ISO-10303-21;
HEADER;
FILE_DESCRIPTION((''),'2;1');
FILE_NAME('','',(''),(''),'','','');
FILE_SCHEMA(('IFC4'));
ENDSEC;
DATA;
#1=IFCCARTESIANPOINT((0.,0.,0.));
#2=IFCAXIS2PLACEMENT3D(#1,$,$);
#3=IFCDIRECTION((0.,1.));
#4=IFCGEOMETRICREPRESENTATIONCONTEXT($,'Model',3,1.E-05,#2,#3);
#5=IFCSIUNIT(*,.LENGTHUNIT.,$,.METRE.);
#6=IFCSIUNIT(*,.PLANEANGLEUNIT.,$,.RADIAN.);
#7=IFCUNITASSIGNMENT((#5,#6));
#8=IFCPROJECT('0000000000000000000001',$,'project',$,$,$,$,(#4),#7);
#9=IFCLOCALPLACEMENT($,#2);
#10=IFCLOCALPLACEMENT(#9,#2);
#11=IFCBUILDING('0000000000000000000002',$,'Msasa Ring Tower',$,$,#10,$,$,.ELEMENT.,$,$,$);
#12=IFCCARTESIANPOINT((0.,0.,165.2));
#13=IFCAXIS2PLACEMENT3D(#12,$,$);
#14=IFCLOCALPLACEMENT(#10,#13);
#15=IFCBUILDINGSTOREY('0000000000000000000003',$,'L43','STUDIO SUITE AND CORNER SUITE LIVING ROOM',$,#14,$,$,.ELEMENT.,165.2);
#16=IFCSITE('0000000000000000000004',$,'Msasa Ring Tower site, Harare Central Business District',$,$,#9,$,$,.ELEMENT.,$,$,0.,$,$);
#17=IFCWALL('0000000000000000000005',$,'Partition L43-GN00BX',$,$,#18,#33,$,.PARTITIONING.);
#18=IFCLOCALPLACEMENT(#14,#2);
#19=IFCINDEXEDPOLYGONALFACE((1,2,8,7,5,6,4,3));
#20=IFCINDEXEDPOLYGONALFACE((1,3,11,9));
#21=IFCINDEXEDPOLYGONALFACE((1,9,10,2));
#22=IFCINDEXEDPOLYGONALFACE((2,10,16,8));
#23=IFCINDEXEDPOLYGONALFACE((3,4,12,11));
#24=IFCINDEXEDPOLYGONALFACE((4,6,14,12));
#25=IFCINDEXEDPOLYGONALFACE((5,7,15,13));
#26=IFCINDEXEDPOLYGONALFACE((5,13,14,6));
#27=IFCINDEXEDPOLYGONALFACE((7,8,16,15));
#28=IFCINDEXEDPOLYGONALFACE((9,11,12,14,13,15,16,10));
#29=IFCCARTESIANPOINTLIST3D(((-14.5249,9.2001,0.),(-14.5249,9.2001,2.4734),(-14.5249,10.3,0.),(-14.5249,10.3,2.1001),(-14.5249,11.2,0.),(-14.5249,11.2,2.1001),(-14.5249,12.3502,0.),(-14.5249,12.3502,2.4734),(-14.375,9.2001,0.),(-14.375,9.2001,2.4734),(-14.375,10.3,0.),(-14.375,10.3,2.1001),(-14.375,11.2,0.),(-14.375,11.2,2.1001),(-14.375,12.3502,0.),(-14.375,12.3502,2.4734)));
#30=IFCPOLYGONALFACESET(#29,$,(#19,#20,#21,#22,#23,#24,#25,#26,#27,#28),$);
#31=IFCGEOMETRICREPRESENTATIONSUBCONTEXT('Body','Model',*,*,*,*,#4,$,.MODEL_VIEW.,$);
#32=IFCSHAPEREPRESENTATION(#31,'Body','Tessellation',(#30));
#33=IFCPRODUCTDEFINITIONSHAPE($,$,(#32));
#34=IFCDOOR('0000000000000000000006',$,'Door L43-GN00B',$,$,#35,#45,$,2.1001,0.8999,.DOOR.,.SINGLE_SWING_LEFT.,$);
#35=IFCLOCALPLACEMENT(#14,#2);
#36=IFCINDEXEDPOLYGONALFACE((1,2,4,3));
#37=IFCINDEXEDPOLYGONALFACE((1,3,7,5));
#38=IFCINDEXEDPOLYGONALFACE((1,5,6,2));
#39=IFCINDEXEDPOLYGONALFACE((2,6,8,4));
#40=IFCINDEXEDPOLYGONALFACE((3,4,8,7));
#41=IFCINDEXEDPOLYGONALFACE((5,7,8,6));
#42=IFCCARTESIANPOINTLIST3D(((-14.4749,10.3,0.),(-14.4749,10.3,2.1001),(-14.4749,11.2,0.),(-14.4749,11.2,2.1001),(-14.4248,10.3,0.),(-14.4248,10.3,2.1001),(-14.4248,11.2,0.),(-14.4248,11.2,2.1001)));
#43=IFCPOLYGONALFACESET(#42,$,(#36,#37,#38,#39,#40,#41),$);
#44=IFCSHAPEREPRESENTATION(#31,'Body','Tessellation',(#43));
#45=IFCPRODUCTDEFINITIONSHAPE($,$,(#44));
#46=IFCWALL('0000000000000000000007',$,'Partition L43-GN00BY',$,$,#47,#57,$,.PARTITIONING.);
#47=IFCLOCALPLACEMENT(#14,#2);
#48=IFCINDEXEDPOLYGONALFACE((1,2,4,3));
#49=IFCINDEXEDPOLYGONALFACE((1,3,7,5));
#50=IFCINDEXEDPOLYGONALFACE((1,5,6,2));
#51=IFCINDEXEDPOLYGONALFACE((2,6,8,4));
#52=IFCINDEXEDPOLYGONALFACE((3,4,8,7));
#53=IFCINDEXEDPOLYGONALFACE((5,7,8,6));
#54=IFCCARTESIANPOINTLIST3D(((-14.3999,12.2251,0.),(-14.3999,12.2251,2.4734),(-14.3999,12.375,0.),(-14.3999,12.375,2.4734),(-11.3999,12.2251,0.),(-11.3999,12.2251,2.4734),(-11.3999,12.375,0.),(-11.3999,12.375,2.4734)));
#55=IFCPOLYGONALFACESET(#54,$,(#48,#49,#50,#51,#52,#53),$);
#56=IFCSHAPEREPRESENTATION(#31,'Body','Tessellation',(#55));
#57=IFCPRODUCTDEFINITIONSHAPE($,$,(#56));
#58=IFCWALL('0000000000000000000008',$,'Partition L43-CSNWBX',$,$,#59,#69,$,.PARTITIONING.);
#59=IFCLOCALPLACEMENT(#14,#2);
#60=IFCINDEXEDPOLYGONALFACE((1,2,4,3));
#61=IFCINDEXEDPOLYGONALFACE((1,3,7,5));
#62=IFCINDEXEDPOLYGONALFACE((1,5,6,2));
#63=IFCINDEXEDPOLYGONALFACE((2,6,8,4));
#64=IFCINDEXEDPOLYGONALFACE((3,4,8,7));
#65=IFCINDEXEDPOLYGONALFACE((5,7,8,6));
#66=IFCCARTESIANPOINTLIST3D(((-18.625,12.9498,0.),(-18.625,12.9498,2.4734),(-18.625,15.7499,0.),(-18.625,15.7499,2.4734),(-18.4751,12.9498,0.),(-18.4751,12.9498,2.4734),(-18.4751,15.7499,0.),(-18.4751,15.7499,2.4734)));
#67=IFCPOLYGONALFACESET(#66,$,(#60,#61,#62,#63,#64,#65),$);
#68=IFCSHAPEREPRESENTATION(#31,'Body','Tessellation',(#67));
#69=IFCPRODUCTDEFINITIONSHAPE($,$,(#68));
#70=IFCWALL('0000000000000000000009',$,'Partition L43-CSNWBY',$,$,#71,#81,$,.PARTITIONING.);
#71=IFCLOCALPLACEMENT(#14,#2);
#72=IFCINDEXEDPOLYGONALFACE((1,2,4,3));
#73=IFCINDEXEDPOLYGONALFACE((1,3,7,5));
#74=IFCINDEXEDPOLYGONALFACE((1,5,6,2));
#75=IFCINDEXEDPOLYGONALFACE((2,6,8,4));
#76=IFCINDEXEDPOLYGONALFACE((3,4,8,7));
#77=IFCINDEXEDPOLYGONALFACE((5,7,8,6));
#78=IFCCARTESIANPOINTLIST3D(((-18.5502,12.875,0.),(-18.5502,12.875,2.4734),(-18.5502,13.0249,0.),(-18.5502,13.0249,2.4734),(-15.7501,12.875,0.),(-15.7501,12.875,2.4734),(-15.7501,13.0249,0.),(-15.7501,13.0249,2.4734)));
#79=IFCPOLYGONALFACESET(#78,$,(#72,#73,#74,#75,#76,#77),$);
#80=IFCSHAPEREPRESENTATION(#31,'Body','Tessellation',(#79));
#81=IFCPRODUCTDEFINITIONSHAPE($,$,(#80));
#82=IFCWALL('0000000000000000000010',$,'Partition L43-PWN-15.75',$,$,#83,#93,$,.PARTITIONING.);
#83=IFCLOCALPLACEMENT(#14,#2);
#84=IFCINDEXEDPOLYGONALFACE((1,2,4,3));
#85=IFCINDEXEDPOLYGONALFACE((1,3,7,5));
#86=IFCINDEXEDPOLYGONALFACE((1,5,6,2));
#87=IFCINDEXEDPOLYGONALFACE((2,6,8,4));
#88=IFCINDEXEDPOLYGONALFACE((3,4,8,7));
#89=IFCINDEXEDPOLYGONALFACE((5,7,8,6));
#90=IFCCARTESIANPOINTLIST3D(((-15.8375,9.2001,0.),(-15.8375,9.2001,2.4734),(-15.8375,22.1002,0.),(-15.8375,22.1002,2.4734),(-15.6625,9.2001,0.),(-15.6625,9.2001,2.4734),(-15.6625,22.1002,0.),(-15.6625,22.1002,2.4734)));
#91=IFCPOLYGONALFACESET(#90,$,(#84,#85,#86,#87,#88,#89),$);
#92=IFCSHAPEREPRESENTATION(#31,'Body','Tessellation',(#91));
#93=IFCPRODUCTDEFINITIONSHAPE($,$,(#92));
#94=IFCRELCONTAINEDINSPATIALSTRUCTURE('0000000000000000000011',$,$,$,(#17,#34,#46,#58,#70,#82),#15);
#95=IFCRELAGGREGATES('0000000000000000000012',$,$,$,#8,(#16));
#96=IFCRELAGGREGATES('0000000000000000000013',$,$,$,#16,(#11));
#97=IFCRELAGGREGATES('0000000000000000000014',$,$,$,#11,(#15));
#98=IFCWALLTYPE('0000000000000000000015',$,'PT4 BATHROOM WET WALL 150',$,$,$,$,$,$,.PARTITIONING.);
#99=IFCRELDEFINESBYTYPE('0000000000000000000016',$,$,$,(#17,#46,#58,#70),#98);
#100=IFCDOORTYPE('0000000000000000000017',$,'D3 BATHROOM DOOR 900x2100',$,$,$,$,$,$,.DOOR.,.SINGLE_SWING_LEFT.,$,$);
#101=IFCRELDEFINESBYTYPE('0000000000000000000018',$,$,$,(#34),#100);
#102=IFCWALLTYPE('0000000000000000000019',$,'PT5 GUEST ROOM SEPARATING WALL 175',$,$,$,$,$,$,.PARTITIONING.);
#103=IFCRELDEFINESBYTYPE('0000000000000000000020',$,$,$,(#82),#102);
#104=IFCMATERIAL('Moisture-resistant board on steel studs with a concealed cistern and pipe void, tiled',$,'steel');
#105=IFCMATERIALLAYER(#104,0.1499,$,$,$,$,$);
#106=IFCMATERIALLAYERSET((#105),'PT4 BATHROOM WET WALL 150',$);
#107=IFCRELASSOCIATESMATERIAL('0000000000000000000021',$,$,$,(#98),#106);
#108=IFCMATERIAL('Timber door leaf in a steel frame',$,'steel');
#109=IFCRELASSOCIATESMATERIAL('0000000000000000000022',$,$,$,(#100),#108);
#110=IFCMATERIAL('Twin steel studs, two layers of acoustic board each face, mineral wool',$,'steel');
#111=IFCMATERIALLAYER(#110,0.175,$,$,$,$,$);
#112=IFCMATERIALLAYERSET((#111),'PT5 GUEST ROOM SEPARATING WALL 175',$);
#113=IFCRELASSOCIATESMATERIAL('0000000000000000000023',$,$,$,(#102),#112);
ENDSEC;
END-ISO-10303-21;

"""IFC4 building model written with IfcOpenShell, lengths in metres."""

from ifc_helpers import new_model, si_unit, direction, frame, frame_2d, origin, place, context, subcontext, project, spatial, rectangle, extrude, material, layer, layer_set, type_object, element, fill, save


model = new_model("IFC4")

# Units and contexts
model_context = context("Model", 3, precision=1e-05, world=origin(), true_north=direction((0.0, 1.0)))
body_context = subcontext(model_context, "Body", "Model", "MODEL_VIEW")
ifc_project = project(units=[si_unit("LENGTHUNIT", "METRE"), si_unit("PLANEANGLEUNIT", "RADIAN")], contexts=[model_context])

# Site, building, storey
site_placement = place(None, origin())
site = spatial("IfcSite", under=ifc_project, at=site_placement, Name="Msasa Ring Tower site, Harare Central Business District", CompositionType="ELEMENT", RefElevation=0.0)
building_placement = place(site_placement, origin())
building = spatial("IfcBuilding", under=site, at=building_placement, Name="Msasa Ring Tower", CompositionType="ELEMENT")
storey_placement = place(building_placement, frame((0.0, 0.0, 165.2)))
storey = spatial("IfcBuildingStorey", under=building, at=storey_placement, Name="L43", Description="STUDIO SUITE AND CORNER SUITE LIVING ROOM", CompositionType="ELEMENT", Elevation=165.2)

# Wall, opening, door
ifc_material_1 = material(Name="Moisture-resistant board on steel studs with a concealed cistern and pipe void, tiled", Category="steel")
ifc_layer_1 = layer(ifc_material_1, 0.1499)
ifc_layer_set_1 = layer_set([ifc_layer_1], Name="PT4 BATHROOM WET WALL 150")
wall_type_1 = type_object("IfcWallType", Name="PT4 BATHROOM WET WALL 150", PredefinedType="PARTITIONING", material=ifc_layer_set_1)
wall_1_placement = place(storey_placement, frame((-14.45, 9.2, 0.0), z_axis=(0.0, 0.0, 1.0), x_axis=(0.0, 1.0, 0.0)))
wall_1 = element("IfcWall", 1, at=wall_1_placement, inside=storey, type_object=wall_type_1, Name="Partition L43-GN00BX", PredefinedType="PARTITIONING", context=body_context, shape_type="SweptSolid", body=[
    extrude(rectangle(XDim=3.1501, YDim=0.1499, at=frame_2d((1.5752, 0.0))), origin(), (0.0, 0.0, 1.0), 2.4734),
])
opening_1_placement = place(wall_1_placement, frame((1.1001, 0.0, 0.0)))
opening_1 = element("IfcOpeningElement", 2, at=opening_1_placement, cuts=wall_1, PredefinedType="OPENING", context=body_context, shape_type="SweptSolid", body=[
    extrude(rectangle(XDim=0.8999, YDim=2.1001, at=frame_2d((0.45, 1.05))), frame((0.0, 0.085, 0.0), z_axis=(0.0, -1.0, 0.0), x_axis=(1.0, 0.0, 0.0)), (0.0, 0.0, 1.0), 0.1699),
])
ifc_material_2 = material(Name="Timber door leaf in a steel frame", Category="steel")
door_type_1 = type_object("IfcDoorType", Name="D3 BATHROOM DOOR 900x2100", OperationType="SINGLE_SWING_LEFT", PredefinedType="DOOR", material=ifc_material_2)
door_1_placement = place(opening_1_placement, origin())
door_1 = element("IfcDoor", 3, at=door_1_placement, inside=storey, type_object=door_type_1, Name="Door L43-GN00B", OperationType="SINGLE_SWING_LEFT", OverallHeight=2.1001, OverallWidth=0.8999, PredefinedType="DOOR", context=body_context, shape_type="SweptSolid", body=[
    extrude(rectangle(XDim=0.8999, YDim=2.1001, at=frame_2d((0.45, 1.05))), frame((0.0, 0.0249, 0.0), z_axis=(0.0, -1.0, 0.0), x_axis=(1.0, 0.0, 0.0)), (0.0, 0.0, 1.0), 0.05),
])
fill(opening_1, door_1)

# Walls
wall_2_placement = place(storey_placement, frame((-14.3999, 12.3, 0.0), z_axis=(0.0, 0.0, 1.0), x_axis=(1.0, 0.0, 0.0)))
element("IfcWall", 4, at=wall_2_placement, inside=storey, type_object=wall_type_1, Name="Partition L43-GN00BY", PredefinedType="PARTITIONING", context=body_context, shape_type="SweptSolid", body=[
    extrude(rectangle(XDim=3.0, YDim=0.1499, at=frame_2d((1.5, 0.0))), origin(), (0.0, 0.0, 1.0), 2.4734),
])
for number, where, z_axis, x_axis, name in (
    (5, (-18.55, 12.95, 0.0), (0.0, 0.0, 1.0), (0.0, 1.0, 0.0), "Partition L43-CSNWBX"),
    (6, (-18.55, 12.95, 0.0), (0.0, 0.0, 1.0), (1.0, 0.0, 0.0), "Partition L43-CSNWBY"),
):
    element("IfcWall", number, at=place(storey_placement, frame(where, z_axis=z_axis, x_axis=x_axis)), inside=storey, type_object=wall_type_1, Name=name, PredefinedType="PARTITIONING", context=body_context, shape_type="SweptSolid", body=[
        extrude(rectangle(XDim=2.8, YDim=0.1499, at=frame_2d((1.3999, 0.0))), origin(), (0.0, 0.0, 1.0), 2.4734),
    ])
ifc_material_3 = material(Name="Twin steel studs, two layers of acoustic board each face, mineral wool", Category="steel")
ifc_layer_2 = layer(ifc_material_3, 0.175)
ifc_layer_set_2 = layer_set([ifc_layer_2], Name="PT5 GUEST ROOM SEPARATING WALL 175")
wall_type_2 = type_object("IfcWallType", Name="PT5 GUEST ROOM SEPARATING WALL 175", PredefinedType="PARTITIONING", material=ifc_layer_set_2)
wall_3_placement = place(storey_placement, frame((-15.75, 9.2, 0.0), z_axis=(0.0, 0.0, 1.0), x_axis=(0.0, 1.0, 0.0)))
element("IfcWall", 7, at=wall_3_placement, inside=storey, type_object=wall_type_2, Name="Partition L43-PWN-15.75", PredefinedType="PARTITIONING", context=body_context, shape_type="SweptSolid", body=[
    extrude(rectangle(XDim=12.9001, YDim=0.175, at=frame_2d((6.4502, 0.0))), origin(), (0.0, 0.0, 1.0), 2.4734),
])

save(model, "model.ifc")
